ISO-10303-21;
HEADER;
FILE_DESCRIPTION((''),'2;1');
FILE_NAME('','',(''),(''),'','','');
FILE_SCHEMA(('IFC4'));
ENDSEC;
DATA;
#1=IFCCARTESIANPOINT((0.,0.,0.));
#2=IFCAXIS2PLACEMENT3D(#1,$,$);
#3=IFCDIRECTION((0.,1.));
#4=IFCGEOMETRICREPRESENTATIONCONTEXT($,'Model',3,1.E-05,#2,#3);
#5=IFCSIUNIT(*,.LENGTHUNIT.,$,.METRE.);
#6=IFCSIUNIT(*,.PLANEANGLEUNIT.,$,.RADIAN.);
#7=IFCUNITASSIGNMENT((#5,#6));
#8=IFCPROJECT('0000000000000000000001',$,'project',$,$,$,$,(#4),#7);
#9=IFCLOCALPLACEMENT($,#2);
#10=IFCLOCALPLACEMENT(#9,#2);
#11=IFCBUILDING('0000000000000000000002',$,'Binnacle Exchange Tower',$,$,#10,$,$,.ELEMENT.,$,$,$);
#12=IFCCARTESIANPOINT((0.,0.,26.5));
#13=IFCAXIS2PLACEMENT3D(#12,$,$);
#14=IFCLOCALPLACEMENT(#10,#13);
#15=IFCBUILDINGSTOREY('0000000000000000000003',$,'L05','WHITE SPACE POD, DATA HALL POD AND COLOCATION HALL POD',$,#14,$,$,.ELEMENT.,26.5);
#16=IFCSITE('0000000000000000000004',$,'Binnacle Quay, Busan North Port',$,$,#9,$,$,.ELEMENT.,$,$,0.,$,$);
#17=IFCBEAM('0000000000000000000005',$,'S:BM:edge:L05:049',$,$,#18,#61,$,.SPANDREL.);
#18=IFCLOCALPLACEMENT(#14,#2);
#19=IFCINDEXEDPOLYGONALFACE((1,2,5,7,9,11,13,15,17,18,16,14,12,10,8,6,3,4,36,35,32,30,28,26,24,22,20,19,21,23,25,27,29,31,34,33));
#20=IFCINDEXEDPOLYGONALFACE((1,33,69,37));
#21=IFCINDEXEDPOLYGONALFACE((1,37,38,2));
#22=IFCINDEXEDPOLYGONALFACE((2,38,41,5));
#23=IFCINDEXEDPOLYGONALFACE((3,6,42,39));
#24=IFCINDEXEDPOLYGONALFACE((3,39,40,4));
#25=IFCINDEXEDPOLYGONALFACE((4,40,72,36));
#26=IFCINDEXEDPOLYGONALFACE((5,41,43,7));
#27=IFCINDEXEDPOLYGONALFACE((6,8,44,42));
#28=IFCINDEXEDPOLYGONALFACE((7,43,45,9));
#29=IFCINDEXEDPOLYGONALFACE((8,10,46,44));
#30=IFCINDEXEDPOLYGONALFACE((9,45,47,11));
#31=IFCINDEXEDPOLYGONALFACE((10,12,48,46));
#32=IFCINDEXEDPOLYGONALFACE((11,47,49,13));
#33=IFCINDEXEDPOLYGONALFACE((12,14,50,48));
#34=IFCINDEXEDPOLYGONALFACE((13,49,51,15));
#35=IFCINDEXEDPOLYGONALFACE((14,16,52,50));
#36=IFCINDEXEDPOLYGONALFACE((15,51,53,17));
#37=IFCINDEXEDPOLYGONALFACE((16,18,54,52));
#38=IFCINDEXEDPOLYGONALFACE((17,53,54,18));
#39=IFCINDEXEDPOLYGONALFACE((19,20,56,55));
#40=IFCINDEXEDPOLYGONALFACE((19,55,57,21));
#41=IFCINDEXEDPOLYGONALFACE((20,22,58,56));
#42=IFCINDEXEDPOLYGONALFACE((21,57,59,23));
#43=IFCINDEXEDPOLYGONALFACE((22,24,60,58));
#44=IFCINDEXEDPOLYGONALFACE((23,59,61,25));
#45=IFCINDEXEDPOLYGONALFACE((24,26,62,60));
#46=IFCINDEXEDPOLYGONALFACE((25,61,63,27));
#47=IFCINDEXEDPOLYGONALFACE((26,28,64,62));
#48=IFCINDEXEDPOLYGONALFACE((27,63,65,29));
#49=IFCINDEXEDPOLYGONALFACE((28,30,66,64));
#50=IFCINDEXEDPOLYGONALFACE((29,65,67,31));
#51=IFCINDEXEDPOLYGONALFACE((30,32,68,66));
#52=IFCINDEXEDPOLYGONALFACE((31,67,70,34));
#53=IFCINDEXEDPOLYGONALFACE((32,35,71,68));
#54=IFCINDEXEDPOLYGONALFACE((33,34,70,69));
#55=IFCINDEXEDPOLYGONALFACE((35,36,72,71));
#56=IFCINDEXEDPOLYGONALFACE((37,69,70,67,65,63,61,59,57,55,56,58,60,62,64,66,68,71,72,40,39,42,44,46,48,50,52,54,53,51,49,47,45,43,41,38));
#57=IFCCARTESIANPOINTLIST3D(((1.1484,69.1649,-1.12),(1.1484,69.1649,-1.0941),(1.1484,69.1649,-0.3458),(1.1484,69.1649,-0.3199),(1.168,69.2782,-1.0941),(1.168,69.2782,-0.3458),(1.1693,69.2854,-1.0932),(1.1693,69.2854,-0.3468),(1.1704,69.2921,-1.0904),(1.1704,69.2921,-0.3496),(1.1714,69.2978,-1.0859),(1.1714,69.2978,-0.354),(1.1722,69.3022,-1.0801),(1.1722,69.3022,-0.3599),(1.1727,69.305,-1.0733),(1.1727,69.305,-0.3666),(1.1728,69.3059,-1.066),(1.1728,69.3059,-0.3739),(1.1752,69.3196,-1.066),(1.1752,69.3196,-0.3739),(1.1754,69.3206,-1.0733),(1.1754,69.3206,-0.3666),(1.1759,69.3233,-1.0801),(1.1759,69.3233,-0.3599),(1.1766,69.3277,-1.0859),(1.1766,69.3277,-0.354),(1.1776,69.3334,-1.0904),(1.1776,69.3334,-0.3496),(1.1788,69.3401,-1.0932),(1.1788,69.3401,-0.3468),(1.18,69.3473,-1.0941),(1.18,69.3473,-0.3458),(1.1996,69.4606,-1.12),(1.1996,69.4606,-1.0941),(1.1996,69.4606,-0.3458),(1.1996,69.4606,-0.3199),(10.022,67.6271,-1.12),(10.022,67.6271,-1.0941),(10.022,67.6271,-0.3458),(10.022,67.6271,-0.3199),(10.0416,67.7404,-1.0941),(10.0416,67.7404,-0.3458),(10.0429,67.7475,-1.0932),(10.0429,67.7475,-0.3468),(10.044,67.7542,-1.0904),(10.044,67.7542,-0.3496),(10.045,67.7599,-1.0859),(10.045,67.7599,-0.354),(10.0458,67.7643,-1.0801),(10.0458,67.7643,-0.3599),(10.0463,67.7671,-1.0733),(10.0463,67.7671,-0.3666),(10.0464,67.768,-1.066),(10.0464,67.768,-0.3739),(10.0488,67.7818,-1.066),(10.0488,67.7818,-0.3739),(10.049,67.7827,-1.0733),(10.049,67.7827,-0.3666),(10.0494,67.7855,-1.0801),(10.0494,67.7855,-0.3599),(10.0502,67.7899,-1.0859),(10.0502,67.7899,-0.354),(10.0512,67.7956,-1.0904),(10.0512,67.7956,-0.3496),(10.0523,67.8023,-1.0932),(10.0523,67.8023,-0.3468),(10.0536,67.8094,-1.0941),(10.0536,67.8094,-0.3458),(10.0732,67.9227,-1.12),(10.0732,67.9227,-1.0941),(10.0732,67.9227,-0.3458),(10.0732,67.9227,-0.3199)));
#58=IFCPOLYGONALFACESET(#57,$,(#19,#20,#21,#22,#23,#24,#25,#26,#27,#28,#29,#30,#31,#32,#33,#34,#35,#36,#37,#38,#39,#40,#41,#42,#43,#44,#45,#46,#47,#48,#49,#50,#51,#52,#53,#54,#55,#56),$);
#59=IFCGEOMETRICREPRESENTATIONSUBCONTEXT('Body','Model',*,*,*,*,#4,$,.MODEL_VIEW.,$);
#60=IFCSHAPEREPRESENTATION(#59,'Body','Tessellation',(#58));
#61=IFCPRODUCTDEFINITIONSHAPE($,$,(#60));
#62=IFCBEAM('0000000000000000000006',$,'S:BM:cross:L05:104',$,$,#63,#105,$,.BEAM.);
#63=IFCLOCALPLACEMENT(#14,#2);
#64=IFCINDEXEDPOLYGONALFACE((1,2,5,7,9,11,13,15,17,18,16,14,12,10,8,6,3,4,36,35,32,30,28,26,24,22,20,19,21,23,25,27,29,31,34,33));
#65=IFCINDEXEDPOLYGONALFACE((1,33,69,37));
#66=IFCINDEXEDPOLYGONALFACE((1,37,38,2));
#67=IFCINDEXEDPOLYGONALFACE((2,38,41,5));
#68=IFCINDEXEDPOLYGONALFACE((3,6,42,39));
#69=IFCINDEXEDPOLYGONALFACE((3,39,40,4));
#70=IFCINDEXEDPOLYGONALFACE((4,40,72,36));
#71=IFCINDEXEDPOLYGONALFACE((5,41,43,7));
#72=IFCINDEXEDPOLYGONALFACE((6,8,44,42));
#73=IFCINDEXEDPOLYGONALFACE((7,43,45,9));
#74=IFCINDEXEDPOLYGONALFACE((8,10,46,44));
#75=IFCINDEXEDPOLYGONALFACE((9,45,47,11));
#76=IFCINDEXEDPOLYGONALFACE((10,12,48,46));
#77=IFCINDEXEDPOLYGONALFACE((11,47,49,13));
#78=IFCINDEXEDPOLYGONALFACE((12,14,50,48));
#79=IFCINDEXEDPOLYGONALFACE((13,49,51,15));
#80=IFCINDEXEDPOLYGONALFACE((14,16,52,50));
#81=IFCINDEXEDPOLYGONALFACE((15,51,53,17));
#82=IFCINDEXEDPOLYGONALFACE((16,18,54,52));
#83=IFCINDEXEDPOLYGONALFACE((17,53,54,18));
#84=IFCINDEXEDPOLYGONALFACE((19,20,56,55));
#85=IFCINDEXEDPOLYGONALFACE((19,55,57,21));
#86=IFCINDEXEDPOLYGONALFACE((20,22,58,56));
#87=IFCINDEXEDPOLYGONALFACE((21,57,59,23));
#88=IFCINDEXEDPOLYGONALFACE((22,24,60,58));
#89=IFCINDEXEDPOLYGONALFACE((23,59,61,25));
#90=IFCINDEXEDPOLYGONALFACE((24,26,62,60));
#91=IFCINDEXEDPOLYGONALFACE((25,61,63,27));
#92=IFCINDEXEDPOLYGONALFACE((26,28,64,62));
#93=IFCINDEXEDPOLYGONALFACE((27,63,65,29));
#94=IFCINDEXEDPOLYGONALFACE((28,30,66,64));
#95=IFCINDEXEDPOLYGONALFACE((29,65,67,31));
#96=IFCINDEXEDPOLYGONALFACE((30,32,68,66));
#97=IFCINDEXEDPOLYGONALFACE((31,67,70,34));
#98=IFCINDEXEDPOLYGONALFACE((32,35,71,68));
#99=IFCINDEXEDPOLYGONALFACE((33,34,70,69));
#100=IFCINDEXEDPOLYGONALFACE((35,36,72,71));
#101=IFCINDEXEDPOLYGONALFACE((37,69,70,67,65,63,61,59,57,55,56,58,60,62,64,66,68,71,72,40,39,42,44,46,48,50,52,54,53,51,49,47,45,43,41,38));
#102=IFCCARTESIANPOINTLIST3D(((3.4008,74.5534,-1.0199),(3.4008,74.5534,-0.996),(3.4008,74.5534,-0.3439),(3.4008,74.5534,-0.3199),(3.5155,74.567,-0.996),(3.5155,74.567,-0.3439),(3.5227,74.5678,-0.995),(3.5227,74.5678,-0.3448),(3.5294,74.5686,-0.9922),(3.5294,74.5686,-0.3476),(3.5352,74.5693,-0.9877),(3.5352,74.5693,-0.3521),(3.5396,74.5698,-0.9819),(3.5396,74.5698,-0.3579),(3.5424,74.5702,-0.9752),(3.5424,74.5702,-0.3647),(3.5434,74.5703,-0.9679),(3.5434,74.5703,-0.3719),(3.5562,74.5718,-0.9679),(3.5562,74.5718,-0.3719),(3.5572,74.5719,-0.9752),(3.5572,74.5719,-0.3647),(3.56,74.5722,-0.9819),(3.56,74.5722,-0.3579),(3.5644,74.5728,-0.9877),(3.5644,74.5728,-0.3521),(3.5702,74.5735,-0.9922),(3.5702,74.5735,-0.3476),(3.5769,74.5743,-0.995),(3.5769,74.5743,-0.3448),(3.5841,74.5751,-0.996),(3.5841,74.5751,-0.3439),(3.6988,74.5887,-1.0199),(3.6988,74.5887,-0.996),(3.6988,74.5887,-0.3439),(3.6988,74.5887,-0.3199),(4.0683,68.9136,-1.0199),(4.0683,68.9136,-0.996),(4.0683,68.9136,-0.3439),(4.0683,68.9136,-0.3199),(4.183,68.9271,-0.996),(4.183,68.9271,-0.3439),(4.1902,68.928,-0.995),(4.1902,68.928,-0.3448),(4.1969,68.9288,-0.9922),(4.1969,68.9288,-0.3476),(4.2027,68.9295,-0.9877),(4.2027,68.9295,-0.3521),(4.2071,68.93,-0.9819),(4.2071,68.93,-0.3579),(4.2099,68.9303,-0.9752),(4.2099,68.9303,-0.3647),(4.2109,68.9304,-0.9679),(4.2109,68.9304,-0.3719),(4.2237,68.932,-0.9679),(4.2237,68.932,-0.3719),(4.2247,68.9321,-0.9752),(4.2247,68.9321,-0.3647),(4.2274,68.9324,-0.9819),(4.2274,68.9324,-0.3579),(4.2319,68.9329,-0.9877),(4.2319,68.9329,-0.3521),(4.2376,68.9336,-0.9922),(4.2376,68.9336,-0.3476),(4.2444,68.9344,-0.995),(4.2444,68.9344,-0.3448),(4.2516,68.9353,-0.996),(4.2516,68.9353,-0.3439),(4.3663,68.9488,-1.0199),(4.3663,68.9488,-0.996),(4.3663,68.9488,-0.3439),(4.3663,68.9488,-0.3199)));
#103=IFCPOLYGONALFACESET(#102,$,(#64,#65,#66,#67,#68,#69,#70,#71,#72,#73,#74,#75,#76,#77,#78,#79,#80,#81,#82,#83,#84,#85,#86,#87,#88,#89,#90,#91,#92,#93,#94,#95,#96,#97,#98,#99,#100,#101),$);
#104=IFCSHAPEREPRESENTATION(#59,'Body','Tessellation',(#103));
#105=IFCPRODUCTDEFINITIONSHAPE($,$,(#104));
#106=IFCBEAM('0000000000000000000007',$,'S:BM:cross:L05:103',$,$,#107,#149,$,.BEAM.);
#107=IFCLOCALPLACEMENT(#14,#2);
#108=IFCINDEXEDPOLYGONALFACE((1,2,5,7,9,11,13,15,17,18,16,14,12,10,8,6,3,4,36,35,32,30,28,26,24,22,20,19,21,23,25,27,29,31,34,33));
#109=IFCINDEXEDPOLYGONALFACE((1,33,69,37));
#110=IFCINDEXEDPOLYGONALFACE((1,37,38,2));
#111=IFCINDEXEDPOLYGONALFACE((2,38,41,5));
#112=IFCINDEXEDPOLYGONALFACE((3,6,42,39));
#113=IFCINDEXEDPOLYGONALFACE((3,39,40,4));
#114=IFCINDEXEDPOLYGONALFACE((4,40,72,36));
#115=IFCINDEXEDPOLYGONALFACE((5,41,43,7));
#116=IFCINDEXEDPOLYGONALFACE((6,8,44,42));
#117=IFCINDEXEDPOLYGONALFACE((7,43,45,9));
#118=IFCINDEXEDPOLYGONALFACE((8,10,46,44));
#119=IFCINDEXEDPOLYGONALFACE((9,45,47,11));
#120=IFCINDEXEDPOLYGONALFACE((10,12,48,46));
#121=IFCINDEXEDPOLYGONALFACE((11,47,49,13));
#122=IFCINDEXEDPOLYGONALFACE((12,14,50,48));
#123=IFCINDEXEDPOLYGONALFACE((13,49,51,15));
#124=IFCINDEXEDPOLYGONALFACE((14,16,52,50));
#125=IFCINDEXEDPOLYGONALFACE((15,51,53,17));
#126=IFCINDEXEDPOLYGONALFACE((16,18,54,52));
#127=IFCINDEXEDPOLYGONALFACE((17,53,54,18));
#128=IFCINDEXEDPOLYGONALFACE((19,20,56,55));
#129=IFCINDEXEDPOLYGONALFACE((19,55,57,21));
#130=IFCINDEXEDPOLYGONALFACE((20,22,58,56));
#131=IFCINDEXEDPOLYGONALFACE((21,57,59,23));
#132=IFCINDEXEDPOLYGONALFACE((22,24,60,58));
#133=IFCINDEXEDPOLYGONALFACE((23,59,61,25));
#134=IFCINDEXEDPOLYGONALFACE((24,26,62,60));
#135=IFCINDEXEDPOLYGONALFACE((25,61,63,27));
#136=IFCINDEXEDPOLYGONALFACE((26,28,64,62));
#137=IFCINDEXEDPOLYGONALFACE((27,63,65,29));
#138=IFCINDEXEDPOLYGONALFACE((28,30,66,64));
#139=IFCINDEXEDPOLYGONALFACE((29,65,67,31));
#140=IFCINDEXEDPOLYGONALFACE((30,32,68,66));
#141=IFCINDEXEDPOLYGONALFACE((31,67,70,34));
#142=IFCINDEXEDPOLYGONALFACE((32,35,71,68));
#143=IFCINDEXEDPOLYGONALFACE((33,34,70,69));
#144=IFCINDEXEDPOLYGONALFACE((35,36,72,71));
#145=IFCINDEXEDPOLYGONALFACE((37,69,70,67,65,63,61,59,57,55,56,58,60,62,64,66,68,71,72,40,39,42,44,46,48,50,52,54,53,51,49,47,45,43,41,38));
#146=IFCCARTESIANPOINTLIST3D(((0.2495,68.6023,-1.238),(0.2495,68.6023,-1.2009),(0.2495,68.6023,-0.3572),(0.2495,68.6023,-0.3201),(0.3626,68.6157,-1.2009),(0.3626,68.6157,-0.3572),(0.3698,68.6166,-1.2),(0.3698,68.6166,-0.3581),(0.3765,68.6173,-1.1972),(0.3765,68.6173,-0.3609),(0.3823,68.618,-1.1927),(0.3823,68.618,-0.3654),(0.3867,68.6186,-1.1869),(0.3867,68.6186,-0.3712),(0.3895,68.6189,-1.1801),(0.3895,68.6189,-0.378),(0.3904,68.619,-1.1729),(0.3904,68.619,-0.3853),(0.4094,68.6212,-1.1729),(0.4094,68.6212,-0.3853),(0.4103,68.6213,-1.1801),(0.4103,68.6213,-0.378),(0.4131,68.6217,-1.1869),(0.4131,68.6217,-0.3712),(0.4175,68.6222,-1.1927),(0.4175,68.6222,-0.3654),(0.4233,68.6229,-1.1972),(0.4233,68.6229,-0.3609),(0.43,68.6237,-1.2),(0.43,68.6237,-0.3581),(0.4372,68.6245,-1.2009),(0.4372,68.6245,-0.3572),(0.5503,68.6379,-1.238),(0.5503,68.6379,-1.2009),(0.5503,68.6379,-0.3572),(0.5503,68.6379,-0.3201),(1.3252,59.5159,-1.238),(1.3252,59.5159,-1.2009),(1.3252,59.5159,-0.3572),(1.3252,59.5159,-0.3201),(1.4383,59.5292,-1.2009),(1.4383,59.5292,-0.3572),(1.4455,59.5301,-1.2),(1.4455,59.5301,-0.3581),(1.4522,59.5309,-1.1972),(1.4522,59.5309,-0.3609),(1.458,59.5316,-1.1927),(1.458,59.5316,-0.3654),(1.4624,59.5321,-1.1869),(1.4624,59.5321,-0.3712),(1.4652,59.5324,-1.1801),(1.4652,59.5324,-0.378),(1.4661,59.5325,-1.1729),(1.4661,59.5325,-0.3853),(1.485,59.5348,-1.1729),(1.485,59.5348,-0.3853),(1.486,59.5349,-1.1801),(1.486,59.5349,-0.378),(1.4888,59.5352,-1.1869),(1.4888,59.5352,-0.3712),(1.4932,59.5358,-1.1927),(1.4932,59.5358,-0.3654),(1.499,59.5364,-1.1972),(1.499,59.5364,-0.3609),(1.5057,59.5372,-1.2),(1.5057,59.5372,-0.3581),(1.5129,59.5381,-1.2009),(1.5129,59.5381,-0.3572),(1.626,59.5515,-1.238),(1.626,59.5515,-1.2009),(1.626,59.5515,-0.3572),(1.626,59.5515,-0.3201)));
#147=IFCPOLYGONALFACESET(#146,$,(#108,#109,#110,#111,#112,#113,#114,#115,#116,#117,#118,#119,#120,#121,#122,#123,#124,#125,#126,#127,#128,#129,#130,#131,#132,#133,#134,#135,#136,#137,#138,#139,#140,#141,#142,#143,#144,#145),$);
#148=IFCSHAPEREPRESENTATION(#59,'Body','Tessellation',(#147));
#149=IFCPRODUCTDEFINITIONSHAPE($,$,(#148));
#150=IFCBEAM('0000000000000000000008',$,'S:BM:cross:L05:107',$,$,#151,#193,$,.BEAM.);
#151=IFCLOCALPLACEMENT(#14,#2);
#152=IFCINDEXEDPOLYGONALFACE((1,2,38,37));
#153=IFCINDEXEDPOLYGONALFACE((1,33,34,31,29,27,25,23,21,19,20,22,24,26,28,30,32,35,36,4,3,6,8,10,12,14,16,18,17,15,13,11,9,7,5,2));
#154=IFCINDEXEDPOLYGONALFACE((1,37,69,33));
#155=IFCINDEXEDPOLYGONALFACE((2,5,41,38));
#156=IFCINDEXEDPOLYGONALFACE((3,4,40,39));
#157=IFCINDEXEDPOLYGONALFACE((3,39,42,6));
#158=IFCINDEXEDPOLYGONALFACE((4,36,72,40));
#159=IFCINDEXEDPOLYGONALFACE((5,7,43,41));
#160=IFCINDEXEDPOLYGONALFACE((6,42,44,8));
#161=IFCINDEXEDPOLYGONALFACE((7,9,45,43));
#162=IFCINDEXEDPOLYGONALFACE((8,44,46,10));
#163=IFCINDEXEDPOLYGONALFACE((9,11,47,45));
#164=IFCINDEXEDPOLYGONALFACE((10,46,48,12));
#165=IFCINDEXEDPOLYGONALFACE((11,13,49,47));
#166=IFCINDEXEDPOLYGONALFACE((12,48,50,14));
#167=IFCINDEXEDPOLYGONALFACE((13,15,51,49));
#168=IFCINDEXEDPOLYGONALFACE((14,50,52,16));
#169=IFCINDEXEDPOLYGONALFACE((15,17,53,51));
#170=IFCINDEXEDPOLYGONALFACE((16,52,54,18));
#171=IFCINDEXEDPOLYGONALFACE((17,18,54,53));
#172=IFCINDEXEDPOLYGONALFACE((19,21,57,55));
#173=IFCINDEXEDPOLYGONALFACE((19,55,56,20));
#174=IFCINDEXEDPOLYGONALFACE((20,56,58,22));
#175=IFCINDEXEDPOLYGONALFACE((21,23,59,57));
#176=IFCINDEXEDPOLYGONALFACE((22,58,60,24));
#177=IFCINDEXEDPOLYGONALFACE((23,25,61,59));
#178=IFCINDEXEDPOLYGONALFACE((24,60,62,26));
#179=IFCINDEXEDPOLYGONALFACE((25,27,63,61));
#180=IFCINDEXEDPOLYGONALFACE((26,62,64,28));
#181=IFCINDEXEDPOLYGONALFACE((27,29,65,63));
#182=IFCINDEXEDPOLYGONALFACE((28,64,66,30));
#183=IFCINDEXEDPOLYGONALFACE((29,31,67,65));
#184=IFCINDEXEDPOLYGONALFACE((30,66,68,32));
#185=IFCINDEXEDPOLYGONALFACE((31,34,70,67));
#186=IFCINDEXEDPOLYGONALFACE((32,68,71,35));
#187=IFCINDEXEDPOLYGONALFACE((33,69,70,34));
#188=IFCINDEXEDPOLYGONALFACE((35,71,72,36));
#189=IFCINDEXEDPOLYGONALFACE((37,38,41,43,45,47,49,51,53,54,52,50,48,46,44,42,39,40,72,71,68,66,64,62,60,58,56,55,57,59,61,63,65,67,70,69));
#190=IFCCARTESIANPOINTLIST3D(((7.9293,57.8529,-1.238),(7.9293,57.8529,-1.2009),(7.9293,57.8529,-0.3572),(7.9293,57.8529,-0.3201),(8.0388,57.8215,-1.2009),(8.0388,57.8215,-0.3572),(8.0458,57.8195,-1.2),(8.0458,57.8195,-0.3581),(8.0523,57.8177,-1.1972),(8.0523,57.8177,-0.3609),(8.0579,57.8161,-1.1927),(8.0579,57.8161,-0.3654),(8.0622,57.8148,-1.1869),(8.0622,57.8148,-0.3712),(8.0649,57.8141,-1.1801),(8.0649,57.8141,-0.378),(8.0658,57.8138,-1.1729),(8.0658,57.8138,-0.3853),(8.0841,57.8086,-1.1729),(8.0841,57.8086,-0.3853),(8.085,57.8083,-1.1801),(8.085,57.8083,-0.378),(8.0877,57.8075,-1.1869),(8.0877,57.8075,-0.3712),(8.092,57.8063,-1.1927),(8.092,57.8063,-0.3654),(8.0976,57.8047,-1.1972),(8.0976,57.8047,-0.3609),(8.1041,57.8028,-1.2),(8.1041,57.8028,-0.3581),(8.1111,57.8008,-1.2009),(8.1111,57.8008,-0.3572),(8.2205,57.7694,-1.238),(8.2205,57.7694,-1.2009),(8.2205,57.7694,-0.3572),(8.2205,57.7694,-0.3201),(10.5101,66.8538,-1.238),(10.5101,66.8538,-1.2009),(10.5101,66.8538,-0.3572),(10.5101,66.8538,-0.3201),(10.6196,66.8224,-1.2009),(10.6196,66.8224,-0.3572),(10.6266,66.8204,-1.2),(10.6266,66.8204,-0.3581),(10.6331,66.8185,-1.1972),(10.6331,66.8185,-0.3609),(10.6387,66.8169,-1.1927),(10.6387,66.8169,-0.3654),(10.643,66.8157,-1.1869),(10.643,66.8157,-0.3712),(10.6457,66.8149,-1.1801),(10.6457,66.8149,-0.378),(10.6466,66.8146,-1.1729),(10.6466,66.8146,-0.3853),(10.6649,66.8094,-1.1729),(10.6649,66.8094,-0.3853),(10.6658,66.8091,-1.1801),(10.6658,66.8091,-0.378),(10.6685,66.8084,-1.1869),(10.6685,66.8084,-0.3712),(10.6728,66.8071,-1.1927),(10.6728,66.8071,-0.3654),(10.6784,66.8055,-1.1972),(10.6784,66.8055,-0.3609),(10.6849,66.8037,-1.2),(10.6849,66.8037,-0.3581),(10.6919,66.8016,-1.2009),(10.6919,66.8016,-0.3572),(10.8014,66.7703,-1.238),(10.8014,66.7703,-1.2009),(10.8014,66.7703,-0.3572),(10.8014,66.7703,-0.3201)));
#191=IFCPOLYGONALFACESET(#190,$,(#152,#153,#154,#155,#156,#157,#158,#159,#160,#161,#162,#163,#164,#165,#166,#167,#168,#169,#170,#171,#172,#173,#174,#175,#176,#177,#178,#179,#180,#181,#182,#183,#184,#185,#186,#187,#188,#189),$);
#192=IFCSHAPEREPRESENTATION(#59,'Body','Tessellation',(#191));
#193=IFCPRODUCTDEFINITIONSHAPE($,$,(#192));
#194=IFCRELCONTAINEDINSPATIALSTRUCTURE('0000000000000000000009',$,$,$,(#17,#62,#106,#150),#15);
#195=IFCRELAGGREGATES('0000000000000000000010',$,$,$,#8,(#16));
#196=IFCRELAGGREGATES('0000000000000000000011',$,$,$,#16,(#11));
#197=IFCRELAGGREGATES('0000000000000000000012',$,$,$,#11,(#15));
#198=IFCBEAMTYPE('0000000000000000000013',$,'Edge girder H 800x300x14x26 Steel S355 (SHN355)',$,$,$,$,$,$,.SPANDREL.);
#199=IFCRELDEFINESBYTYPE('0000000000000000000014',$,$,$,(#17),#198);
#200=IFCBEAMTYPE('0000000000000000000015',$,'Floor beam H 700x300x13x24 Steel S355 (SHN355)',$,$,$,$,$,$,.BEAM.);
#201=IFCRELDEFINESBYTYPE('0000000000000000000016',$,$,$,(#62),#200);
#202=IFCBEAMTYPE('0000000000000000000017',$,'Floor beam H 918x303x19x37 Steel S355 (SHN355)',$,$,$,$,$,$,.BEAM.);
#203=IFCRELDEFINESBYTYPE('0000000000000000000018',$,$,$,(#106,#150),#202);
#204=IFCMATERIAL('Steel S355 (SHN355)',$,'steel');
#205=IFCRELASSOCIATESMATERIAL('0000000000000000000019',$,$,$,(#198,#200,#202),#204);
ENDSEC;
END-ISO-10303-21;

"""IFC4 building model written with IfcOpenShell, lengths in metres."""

from ifc_helpers import new_model, si_unit, direction, frame, origin, origin_2d, place, context, subcontext, project, spatial, i_section, extrude, material, material_profile, profile_set, type_object, element, save


model = new_model("IFC4")

# Units and contexts
model_context = context("Model", 3, precision=1e-05, world=origin(), true_north=direction((0.0, 1.0)))
body_context = subcontext(model_context, "Body", "Model", "MODEL_VIEW")
ifc_project = project(units=[si_unit("LENGTHUNIT", "METRE"), si_unit("PLANEANGLEUNIT", "RADIAN")], contexts=[model_context])

# Site, building, storey
site_placement = place(None, origin())
site = spatial("IfcSite", under=ifc_project, at=site_placement, Name="Binnacle Quay, Busan North Port", CompositionType="ELEMENT", RefElevation=0.0)
building_placement = place(site_placement, origin())
building = spatial("IfcBuilding", under=site, at=building_placement, Name="Binnacle Exchange Tower", CompositionType="ELEMENT")
storey_placement = place(building_placement, frame((0.0, 0.0, 26.5)))
storey = spatial("IfcBuildingStorey", under=building, at=storey_placement, Name="L05", Description="WHITE SPACE POD, DATA HALL POD AND COLOCATION HALL POD", CompositionType="ELEMENT", Elevation=26.5)

# Beams
ifc_material_1 = material(Name="Steel S355 (SHN355)", Category="steel")
ifc_material_profile_1 = material_profile(ifc_material_1, i_section(OverallWidth=0.3, OverallDepth=0.8, WebThickness=0.0139, FlangeThickness=0.0259, FilletRadius=0.0281, at=origin_2d()), Name="H 800x300x14x26")
ifc_profile_set_1 = profile_set([ifc_material_profile_1], Name="Steel S355 (SHN355)")
beam_type_1 = type_object("IfcBeamType", Name="Edge girder H 800x300x14x26 Steel S355 (SHN355)", PredefinedType="SPANDREL", material=ifc_profile_set_1)
beam_1_placement = place(storey_placement, frame((10.0476, 67.7749, -0.72), z_axis=(-0.985312, 0.170761, 0.0), x_axis=(-0.170761, -0.985312, 0.0)))
element("IfcBeam", 1, at=beam_1_placement, inside=storey, type_object=beam_type_1, Name="S:BM:edge:L05:049", PredefinedType="SPANDREL", context=body_context, shape_type="SweptSolid", body=[
    extrude(i_section(OverallWidth=0.3, OverallDepth=0.8, WebThickness=0.0139, FlangeThickness=0.0259, FilletRadius=0.0281, at=origin_2d()), origin(), (0.0, 0.0, 1.0), 9.0059),
])
ifc_material_profile_2 = material_profile(ifc_material_1, i_section(OverallWidth=0.3, OverallDepth=0.7, WebThickness=0.0129, FlangeThickness=0.0239, FilletRadius=0.0281, at=origin_2d()), Name="H 700x300x13x24")
ifc_profile_set_2 = profile_set([ifc_material_profile_2], Name="Steel S355 (SHN355)")
beam_type_2 = type_object("IfcBeamType", Name="Floor beam H 700x300x13x24 Steel S355 (SHN355)", PredefinedType="BEAM", material=ifc_profile_set_2)
beam_2_placement = place(storey_placement, frame((3.5498, 74.571, -0.6699), z_axis=(0.11753, -0.993069, 0.0), x_axis=(0.993069, 0.11753, 0.0)))
element("IfcBeam", 2, at=beam_2_placement, inside=storey, type_object=beam_type_2, Name="S:BM:cross:L05:104", PredefinedType="BEAM", context=body_context, shape_type="SweptSolid", body=[
    extrude(i_section(OverallWidth=0.3, OverallDepth=0.7, WebThickness=0.0129, FlangeThickness=0.0239, FilletRadius=0.0281, at=origin_2d()), origin(), (0.0, 0.0, 1.0), 5.6792),
])
ifc_material_profile_3 = material_profile(ifc_material_1, i_section(OverallWidth=0.303, OverallDepth=0.918, WebThickness=0.019, FlangeThickness=0.0371, FilletRadius=0.0281, at=origin_2d()), Name="H 918x303x19x37")
ifc_profile_set_3 = profile_set([ifc_material_profile_3], Name="Steel S355 (SHN355)")
beam_type_3 = type_object("IfcBeamType", Name="Floor beam H 918x303x19x37 Steel S355 (SHN355)", PredefinedType="BEAM", material=ifc_profile_set_3)
beam_3_placement = place(storey_placement, frame((0.3999, 68.6201, -0.7791), z_axis=(0.117563, -0.993065, 0.0), x_axis=(0.993065, 0.117563, 0.0)))
element("IfcBeam", 3, at=beam_3_placement, inside=storey, type_object=beam_type_3, Name="S:BM:cross:L05:103", PredefinedType="BEAM", context=body_context, shape_type="SweptSolid", body=[
    extrude(i_section(OverallWidth=0.303, OverallDepth=0.918, WebThickness=0.019, FlangeThickness=0.0371, FilletRadius=0.0281, at=origin_2d()), origin(), (0.0, 0.0, 1.0), 9.1499),
])
beam_4_placement = place(storey_placement, frame((10.6558, 66.812, -0.7791), z_axis=(-0.275627, -0.961265, 0.0), x_axis=(0.961265, -0.275627, 0.0)))
element("IfcBeam", 4, at=beam_4_placement, inside=storey, type_object=beam_type_3, Name="S:BM:cross:L05:107", PredefinedType="BEAM", context=body_context, shape_type="SweptSolid", body=[
    extrude(i_section(OverallWidth=0.303, OverallDepth=0.918, WebThickness=0.019, FlangeThickness=0.0371, FilletRadius=0.0281, at=origin_2d()), origin(), (0.0, 0.0, 1.0), 9.3635),
])

save(model, "model.ifc")
